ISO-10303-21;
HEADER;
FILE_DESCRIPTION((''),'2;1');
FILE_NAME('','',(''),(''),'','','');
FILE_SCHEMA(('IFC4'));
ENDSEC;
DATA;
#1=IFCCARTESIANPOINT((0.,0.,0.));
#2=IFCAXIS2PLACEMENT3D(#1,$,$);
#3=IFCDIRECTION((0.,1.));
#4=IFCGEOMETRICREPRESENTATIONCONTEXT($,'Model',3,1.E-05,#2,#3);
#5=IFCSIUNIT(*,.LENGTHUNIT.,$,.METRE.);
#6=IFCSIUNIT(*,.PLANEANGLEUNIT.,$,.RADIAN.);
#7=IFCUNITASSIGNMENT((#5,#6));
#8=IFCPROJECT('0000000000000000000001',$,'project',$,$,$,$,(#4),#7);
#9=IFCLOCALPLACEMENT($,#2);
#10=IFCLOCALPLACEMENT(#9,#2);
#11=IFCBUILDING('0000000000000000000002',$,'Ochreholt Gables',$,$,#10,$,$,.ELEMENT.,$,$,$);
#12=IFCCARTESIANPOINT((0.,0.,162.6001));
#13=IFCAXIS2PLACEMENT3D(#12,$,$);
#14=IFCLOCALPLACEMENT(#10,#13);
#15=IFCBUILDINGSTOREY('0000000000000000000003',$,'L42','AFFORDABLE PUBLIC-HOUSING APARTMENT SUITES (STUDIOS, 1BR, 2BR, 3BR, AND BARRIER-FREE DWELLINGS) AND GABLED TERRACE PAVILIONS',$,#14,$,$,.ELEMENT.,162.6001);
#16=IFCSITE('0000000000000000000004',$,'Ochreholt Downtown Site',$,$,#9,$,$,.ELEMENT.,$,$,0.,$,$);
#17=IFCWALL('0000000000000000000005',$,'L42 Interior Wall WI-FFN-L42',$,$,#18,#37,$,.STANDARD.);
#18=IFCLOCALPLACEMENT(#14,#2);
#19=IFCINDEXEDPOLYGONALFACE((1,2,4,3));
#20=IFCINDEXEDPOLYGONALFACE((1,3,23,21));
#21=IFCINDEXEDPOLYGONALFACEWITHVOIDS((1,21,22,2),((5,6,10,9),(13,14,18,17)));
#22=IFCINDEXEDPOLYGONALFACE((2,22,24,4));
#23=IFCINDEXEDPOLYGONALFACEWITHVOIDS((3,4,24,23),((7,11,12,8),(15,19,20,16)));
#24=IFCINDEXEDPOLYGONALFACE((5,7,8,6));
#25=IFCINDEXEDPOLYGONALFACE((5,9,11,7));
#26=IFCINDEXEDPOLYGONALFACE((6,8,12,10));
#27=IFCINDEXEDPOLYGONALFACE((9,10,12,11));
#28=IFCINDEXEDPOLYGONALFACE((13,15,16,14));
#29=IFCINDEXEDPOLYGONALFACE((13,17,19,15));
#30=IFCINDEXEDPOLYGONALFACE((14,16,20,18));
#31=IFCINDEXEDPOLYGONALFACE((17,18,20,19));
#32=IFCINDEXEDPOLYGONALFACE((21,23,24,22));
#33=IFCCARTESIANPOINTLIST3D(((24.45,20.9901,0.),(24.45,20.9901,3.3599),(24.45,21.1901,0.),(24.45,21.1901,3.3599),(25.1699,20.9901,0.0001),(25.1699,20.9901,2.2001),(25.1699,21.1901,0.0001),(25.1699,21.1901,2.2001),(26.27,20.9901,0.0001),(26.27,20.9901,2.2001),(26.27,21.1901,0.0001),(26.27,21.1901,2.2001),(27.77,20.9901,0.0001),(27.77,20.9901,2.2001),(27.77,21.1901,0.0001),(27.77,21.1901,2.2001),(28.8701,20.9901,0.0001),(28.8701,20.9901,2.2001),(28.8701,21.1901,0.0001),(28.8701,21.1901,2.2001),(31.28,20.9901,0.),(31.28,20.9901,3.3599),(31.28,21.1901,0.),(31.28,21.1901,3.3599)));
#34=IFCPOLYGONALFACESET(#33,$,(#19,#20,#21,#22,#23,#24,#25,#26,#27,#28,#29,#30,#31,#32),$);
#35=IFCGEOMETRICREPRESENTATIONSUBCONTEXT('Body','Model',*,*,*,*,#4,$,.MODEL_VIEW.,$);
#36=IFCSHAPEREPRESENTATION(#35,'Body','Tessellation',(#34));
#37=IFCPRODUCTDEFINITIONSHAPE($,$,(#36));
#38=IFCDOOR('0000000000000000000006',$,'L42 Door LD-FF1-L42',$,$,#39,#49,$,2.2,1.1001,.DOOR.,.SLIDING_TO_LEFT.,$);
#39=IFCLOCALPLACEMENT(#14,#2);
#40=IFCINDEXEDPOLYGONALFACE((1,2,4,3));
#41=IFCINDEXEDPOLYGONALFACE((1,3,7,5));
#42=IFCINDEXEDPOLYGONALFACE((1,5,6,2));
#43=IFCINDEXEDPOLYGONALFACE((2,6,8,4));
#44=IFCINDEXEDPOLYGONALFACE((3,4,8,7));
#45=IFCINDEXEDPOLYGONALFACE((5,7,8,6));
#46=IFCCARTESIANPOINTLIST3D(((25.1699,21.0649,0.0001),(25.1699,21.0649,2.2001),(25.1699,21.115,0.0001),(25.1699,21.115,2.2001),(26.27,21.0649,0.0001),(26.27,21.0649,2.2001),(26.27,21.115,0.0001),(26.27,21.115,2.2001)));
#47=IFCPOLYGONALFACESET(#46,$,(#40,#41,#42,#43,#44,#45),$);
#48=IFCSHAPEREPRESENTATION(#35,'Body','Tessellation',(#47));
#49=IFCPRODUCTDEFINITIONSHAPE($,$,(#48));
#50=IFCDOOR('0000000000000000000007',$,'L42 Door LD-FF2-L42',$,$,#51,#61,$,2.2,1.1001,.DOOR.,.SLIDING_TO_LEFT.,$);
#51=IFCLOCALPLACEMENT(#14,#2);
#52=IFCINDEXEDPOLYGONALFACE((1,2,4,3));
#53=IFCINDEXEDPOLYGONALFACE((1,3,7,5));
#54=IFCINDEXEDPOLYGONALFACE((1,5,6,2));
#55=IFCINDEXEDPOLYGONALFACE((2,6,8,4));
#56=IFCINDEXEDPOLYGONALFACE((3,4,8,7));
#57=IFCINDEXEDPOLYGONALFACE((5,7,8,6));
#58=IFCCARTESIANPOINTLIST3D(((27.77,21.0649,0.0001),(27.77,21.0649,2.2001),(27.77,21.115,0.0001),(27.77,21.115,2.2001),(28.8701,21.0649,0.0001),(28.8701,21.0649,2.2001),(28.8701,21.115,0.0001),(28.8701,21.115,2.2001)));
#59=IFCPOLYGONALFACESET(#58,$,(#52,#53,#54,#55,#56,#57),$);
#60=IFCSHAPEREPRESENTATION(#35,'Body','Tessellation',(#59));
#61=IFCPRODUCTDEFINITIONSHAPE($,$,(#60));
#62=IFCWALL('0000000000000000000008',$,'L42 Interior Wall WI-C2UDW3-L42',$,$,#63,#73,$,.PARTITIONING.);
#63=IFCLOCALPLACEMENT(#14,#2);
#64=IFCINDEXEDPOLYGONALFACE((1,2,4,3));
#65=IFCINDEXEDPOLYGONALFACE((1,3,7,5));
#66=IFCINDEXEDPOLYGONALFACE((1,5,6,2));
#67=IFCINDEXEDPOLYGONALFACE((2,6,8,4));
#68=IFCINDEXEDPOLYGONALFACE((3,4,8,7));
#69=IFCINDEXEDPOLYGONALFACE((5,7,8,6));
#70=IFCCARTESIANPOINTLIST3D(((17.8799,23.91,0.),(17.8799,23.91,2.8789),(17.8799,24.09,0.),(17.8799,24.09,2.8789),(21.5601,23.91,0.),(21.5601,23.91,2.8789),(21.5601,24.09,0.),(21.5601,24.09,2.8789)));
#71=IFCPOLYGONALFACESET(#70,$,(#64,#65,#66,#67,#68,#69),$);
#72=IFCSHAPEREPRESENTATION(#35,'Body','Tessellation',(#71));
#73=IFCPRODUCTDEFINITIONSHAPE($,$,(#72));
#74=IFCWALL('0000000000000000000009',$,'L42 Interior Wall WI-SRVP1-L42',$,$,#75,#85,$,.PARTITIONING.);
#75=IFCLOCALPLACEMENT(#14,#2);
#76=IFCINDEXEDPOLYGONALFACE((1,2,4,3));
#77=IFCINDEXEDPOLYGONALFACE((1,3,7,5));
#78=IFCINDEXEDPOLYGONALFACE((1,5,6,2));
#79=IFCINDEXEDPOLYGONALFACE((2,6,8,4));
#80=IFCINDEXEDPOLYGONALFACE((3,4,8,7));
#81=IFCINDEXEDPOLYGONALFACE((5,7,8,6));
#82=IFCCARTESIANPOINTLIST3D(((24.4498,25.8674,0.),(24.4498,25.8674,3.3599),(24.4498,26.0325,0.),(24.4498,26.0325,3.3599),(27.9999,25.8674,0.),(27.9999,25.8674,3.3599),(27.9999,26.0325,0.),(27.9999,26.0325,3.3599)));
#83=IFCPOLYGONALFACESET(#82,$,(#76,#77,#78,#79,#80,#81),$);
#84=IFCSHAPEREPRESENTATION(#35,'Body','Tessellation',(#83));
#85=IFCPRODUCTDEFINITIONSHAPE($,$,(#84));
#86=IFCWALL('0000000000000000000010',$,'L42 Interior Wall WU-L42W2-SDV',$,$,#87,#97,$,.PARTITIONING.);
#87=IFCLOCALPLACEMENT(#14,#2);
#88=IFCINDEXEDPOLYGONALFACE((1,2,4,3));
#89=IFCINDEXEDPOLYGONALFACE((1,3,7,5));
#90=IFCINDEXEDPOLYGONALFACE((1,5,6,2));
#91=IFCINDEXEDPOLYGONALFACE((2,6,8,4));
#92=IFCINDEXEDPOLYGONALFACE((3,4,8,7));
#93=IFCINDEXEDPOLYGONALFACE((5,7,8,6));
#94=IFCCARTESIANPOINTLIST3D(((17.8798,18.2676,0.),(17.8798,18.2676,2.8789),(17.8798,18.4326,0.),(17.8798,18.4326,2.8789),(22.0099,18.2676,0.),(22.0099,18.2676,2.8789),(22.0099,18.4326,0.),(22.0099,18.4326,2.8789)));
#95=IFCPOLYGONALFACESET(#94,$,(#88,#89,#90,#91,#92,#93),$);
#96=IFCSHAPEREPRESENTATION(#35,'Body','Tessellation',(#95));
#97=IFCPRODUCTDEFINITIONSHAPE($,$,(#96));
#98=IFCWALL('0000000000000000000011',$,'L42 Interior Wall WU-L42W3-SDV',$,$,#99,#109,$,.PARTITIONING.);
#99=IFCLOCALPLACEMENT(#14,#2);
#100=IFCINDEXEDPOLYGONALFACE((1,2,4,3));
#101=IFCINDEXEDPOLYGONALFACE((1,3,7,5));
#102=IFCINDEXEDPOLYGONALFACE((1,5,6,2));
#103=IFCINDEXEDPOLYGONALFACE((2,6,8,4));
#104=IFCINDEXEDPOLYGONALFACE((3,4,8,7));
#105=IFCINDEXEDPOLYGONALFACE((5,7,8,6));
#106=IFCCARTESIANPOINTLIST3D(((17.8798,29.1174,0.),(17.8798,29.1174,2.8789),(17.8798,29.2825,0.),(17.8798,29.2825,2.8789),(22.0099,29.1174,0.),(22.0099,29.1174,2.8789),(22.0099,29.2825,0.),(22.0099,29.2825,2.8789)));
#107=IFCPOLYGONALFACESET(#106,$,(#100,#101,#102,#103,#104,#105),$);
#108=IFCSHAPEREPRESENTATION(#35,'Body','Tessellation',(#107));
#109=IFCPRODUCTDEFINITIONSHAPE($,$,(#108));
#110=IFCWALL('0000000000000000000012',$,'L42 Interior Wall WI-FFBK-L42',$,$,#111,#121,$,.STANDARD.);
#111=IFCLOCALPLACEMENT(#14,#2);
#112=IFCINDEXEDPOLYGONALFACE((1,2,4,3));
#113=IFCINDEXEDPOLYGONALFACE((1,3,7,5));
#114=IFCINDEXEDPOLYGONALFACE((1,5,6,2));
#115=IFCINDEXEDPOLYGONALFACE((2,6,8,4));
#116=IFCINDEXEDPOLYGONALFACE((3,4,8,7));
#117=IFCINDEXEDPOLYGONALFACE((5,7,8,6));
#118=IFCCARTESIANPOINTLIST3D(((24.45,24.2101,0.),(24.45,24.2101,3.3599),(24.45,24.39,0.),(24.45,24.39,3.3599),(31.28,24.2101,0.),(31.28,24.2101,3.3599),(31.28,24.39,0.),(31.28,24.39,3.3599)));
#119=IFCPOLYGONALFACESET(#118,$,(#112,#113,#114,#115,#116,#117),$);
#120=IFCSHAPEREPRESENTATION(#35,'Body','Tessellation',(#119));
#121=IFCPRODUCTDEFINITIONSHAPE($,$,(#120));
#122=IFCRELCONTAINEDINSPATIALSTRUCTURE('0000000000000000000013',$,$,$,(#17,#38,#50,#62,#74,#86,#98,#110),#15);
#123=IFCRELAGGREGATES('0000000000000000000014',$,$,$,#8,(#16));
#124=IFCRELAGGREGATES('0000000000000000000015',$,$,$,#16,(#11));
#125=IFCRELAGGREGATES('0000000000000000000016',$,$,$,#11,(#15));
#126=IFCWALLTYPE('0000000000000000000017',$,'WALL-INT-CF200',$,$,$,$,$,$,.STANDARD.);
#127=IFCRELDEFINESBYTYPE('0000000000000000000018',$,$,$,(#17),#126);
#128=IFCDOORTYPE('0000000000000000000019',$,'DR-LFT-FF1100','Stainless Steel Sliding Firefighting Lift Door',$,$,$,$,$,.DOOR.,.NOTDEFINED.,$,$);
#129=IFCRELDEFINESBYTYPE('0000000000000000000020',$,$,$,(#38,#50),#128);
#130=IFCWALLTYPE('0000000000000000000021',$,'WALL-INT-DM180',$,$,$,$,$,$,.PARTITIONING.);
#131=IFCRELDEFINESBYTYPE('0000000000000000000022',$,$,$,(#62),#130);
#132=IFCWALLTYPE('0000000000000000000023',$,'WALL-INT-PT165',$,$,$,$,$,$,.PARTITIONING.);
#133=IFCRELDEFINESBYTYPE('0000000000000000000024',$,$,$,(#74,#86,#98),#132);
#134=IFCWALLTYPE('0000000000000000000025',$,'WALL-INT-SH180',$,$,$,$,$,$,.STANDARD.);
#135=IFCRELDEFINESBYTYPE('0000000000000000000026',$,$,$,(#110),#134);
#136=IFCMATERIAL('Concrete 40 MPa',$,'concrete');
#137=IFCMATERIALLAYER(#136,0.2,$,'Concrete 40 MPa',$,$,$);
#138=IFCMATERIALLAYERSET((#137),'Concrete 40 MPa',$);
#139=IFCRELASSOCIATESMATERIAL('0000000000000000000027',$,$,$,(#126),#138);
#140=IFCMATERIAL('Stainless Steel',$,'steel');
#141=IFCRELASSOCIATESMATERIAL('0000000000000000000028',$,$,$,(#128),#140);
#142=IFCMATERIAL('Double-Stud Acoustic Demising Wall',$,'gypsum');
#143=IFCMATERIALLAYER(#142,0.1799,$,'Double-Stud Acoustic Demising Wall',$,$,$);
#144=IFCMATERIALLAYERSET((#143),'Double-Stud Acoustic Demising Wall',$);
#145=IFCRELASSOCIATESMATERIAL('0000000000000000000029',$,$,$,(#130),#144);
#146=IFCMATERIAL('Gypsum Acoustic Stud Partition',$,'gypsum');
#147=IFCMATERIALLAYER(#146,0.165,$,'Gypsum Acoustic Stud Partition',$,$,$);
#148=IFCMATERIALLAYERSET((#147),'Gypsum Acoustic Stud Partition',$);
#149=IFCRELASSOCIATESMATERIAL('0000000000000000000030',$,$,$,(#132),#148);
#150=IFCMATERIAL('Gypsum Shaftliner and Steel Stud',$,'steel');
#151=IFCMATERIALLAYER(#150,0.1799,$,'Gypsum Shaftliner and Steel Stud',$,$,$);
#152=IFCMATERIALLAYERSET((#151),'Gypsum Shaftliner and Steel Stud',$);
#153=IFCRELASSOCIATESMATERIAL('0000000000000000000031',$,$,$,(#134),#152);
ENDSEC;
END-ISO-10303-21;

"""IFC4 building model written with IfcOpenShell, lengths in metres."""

from ifc_helpers import new_model, si_unit, direction, frame, frame_2d, origin, place, context, subcontext, project, spatial, rectangle, extrude, material, layer, layer_set, type_object, element, fill, save


model = new_model("IFC4")

# Units and contexts
model_context = context("Model", 3, precision=1e-05, world=origin(), true_north=direction((0.0, 1.0)))
body_context = subcontext(model_context, "Body", "Model", "MODEL_VIEW")
ifc_project = project(units=[si_unit("LENGTHUNIT", "METRE"), si_unit("PLANEANGLEUNIT", "RADIAN")], contexts=[model_context])

# Site, building, storey
site_placement = place(None, origin())
site = spatial("IfcSite", under=ifc_project, at=site_placement, Name="Ochreholt Downtown Site", CompositionType="ELEMENT", RefElevation=0.0)
building_placement = place(site_placement, origin())
building = spatial("IfcBuilding", under=site, at=building_placement, Name="Ochreholt Gables", CompositionType="ELEMENT")
storey_placement = place(building_placement, frame((0.0, 0.0, 162.6001)))
storey = spatial("IfcBuildingStorey", under=building, at=storey_placement, Name="L42", Description="AFFORDABLE PUBLIC-HOUSING APARTMENT SUITES (STUDIOS, 1BR, 2BR, 3BR, AND BARRIER-FREE DWELLINGS) AND GABLED TERRACE PAVILIONS", CompositionType="ELEMENT", Elevation=162.6001)

# Wall, openings, doors
ifc_material_1 = material(Name="Concrete 40 MPa", Category="concrete")
ifc_layer_1 = layer(ifc_material_1, 0.2, Name="Concrete 40 MPa")
ifc_layer_set_1 = layer_set([ifc_layer_1], Name="Concrete 40 MPa")
wall_type_1 = type_object("IfcWallType", Name="WALL-INT-CF200", PredefinedType="STANDARD", material=ifc_layer_set_1)
wall_1_placement = place(storey_placement, frame((24.45, 21.0901, 0.0), z_axis=(0.0, 0.0, 1.0), x_axis=(1.0, 0.0, 0.0)))
wall_1 = element("IfcWall", 1, at=wall_1_placement, inside=storey, type_object=wall_type_1, Name="L42 Interior Wall WI-FFN-L42", PredefinedType="STANDARD", context=body_context, shape_type="SweptSolid", body=[
    extrude(rectangle(XDim=6.8301, YDim=0.2, at=frame_2d((3.415, 0.0))), origin(), (0.0, 0.0, 1.0), 3.3599),
])
opening_1_placement = place(wall_1_placement, frame((0.72, 0.0, 0.0)))
opening_1 = element("IfcOpeningElement", 2, at=opening_1_placement, cuts=wall_1, PredefinedType="OPENING", context=body_context, shape_type="SweptSolid", body=[
    extrude(rectangle(XDim=1.1001, YDim=2.2, at=frame_2d((0.55, 1.1001))), frame((0.0, 0.1099, 0.0), z_axis=(0.0, -1.0, 0.0), x_axis=(1.0, 0.0, 0.0)), (0.0, 0.0, 1.0), 0.22),
])
opening_2_placement = place(wall_1_placement, frame((3.3201, 0.0, 0.0)))
opening_2 = element("IfcOpeningElement", 3, at=opening_2_placement, cuts=wall_1, PredefinedType="OPENING", context=body_context, shape_type="SweptSolid", body=[
    extrude(rectangle(XDim=1.1001, YDim=2.2, at=frame_2d((0.55, 1.1001))), frame((0.0, 0.1099, 0.0), z_axis=(0.0, -1.0, 0.0), x_axis=(1.0, 0.0, 0.0)), (0.0, 0.0, 1.0), 0.22),
])
ifc_material_2 = material(Name="Stainless Steel", Category="steel")
door_type = type_object("IfcDoorType", Name="DR-LFT-FF1100", Description="Stainless Steel Sliding Firefighting Lift Door", OperationType="NOTDEFINED", PredefinedType="DOOR", material=ifc_material_2)
door_1_placement = place(opening_1_placement, origin())
door_1 = element("IfcDoor", 4, at=door_1_placement, inside=storey, type_object=door_type, Name="L42 Door LD-FF1-L42", OperationType="SLIDING_TO_LEFT", OverallHeight=2.2, OverallWidth=1.1001, PredefinedType="DOOR", context=body_context, shape_type="SweptSolid", body=[
    extrude(rectangle(XDim=1.1001, YDim=2.2, at=frame_2d((0.55, 1.1001))), frame((0.0, 0.0249, 0.0), z_axis=(0.0, -1.0, 0.0), x_axis=(1.0, 0.0, 0.0)), (0.0, 0.0, 1.0), 0.05),
])
fill(opening_1, door_1)
door_2_placement = place(opening_2_placement, origin())
door_2 = element("IfcDoor", 5, at=door_2_placement, inside=storey, type_object=door_type, Name="L42 Door LD-FF2-L42", OperationType="SLIDING_TO_LEFT", OverallHeight=2.2, OverallWidth=1.1001, PredefinedType="DOOR", context=body_context, shape_type="SweptSolid", body=[
    extrude(rectangle(XDim=1.1001, YDim=2.2, at=frame_2d((0.55, 1.1001))), frame((0.0, 0.0249, 0.0), z_axis=(0.0, -1.0, 0.0), x_axis=(1.0, 0.0, 0.0)), (0.0, 0.0, 1.0), 0.05),
])
fill(opening_2, door_2)

# Walls
ifc_material_3 = material(Name="Double-Stud Acoustic Demising Wall", Category="gypsum")
ifc_layer_2 = layer(ifc_material_3, 0.1799, Name="Double-Stud Acoustic Demising Wall")
ifc_layer_set_2 = layer_set([ifc_layer_2], Name="Double-Stud Acoustic Demising Wall")
wall_type_2 = type_object("IfcWallType", Name="WALL-INT-DM180", PredefinedType="PARTITIONING", material=ifc_layer_set_2)
wall_2_placement = place(storey_placement, frame((17.8799, 24.0, 0.0), z_axis=(0.0, 0.0, 1.0), x_axis=(1.0, 0.0, 0.0)))
element("IfcWall", 6, at=wall_2_placement, inside=storey, type_object=wall_type_2, Name="L42 Interior Wall WI-C2UDW3-L42", PredefinedType="PARTITIONING", context=body_context, shape_type="SweptSolid", body=[
    extrude(rectangle(XDim=3.6802, YDim=0.1799, at=frame_2d((1.8401, 0.0))), origin(), (0.0, 0.0, 1.0), 2.8789),
])
ifc_material_4 = material(Name="Gypsum Acoustic Stud Partition", Category="gypsum")
ifc_layer_3 = layer(ifc_material_4, 0.165, Name="Gypsum Acoustic Stud Partition")
ifc_layer_set_3 = layer_set([ifc_layer_3], Name="Gypsum Acoustic Stud Partition")
wall_type_3 = type_object("IfcWallType", Name="WALL-INT-PT165", PredefinedType="PARTITIONING", material=ifc_layer_set_3)
wall_3_placement = place(storey_placement, frame((24.45, 25.95, 0.0), z_axis=(0.0, 0.0, 1.0), x_axis=(1.0, 0.0, 0.0)))
element("IfcWall", 7, at=wall_3_placement, inside=storey, type_object=wall_type_3, Name="L42 Interior Wall WI-SRVP1-L42", PredefinedType="PARTITIONING", context=body_context, shape_type="SweptSolid", body=[
    extrude(rectangle(XDim=3.55, YDim=0.165, at=frame_2d((1.7749, 0.0))), origin(), (0.0, 0.0, 1.0), 3.3599),
])
for number, where, z_axis, x_axis, name in (
    (8, (17.8799, 18.3501, 0.0), (0.0, 0.0, 1.0), (1.0, 0.0, 0.0), "L42 Interior Wall WU-L42W2-SDV"),
    (9, (17.8799, 29.2, 0.0), (0.0, 0.0, 1.0), (1.0, 0.0, 0.0), "L42 Interior Wall WU-L42W3-SDV"),
):
    element("IfcWall", number, at=place(storey_placement, frame(where, z_axis=z_axis, x_axis=x_axis)), inside=storey, type_object=wall_type_3, Name=name, PredefinedType="PARTITIONING", context=body_context, shape_type="SweptSolid", body=[
        extrude(rectangle(XDim=4.1301, YDim=0.165, at=frame_2d((2.0649, 0.0))), origin(), (0.0, 0.0, 1.0), 2.8789),
    ])
ifc_material_5 = material(Name="Gypsum Shaftliner and Steel Stud", Category="steel")
ifc_layer_4 = layer(ifc_material_5, 0.1799, Name="Gypsum Shaftliner and Steel Stud")
ifc_layer_set_4 = layer_set([ifc_layer_4], Name="Gypsum Shaftliner and Steel Stud")
wall_type_4 = type_object("IfcWallType", Name="WALL-INT-SH180", PredefinedType="STANDARD", material=ifc_layer_set_4)
wall_4_placement = place(storey_placement, frame((24.45, 24.3, 0.0), z_axis=(0.0, 0.0, 1.0), x_axis=(1.0, 0.0, 0.0)))
element("IfcWall", 10, at=wall_4_placement, inside=storey, type_object=wall_type_4, Name="L42 Interior Wall WI-FFBK-L42", PredefinedType="STANDARD", context=body_context, shape_type="SweptSolid", body=[
    extrude(rectangle(XDim=6.8301, YDim=0.1799, at=frame_2d((3.415, 0.0))), origin(), (0.0, 0.0, 1.0), 3.3599),
])

save(model, "model.ifc")
